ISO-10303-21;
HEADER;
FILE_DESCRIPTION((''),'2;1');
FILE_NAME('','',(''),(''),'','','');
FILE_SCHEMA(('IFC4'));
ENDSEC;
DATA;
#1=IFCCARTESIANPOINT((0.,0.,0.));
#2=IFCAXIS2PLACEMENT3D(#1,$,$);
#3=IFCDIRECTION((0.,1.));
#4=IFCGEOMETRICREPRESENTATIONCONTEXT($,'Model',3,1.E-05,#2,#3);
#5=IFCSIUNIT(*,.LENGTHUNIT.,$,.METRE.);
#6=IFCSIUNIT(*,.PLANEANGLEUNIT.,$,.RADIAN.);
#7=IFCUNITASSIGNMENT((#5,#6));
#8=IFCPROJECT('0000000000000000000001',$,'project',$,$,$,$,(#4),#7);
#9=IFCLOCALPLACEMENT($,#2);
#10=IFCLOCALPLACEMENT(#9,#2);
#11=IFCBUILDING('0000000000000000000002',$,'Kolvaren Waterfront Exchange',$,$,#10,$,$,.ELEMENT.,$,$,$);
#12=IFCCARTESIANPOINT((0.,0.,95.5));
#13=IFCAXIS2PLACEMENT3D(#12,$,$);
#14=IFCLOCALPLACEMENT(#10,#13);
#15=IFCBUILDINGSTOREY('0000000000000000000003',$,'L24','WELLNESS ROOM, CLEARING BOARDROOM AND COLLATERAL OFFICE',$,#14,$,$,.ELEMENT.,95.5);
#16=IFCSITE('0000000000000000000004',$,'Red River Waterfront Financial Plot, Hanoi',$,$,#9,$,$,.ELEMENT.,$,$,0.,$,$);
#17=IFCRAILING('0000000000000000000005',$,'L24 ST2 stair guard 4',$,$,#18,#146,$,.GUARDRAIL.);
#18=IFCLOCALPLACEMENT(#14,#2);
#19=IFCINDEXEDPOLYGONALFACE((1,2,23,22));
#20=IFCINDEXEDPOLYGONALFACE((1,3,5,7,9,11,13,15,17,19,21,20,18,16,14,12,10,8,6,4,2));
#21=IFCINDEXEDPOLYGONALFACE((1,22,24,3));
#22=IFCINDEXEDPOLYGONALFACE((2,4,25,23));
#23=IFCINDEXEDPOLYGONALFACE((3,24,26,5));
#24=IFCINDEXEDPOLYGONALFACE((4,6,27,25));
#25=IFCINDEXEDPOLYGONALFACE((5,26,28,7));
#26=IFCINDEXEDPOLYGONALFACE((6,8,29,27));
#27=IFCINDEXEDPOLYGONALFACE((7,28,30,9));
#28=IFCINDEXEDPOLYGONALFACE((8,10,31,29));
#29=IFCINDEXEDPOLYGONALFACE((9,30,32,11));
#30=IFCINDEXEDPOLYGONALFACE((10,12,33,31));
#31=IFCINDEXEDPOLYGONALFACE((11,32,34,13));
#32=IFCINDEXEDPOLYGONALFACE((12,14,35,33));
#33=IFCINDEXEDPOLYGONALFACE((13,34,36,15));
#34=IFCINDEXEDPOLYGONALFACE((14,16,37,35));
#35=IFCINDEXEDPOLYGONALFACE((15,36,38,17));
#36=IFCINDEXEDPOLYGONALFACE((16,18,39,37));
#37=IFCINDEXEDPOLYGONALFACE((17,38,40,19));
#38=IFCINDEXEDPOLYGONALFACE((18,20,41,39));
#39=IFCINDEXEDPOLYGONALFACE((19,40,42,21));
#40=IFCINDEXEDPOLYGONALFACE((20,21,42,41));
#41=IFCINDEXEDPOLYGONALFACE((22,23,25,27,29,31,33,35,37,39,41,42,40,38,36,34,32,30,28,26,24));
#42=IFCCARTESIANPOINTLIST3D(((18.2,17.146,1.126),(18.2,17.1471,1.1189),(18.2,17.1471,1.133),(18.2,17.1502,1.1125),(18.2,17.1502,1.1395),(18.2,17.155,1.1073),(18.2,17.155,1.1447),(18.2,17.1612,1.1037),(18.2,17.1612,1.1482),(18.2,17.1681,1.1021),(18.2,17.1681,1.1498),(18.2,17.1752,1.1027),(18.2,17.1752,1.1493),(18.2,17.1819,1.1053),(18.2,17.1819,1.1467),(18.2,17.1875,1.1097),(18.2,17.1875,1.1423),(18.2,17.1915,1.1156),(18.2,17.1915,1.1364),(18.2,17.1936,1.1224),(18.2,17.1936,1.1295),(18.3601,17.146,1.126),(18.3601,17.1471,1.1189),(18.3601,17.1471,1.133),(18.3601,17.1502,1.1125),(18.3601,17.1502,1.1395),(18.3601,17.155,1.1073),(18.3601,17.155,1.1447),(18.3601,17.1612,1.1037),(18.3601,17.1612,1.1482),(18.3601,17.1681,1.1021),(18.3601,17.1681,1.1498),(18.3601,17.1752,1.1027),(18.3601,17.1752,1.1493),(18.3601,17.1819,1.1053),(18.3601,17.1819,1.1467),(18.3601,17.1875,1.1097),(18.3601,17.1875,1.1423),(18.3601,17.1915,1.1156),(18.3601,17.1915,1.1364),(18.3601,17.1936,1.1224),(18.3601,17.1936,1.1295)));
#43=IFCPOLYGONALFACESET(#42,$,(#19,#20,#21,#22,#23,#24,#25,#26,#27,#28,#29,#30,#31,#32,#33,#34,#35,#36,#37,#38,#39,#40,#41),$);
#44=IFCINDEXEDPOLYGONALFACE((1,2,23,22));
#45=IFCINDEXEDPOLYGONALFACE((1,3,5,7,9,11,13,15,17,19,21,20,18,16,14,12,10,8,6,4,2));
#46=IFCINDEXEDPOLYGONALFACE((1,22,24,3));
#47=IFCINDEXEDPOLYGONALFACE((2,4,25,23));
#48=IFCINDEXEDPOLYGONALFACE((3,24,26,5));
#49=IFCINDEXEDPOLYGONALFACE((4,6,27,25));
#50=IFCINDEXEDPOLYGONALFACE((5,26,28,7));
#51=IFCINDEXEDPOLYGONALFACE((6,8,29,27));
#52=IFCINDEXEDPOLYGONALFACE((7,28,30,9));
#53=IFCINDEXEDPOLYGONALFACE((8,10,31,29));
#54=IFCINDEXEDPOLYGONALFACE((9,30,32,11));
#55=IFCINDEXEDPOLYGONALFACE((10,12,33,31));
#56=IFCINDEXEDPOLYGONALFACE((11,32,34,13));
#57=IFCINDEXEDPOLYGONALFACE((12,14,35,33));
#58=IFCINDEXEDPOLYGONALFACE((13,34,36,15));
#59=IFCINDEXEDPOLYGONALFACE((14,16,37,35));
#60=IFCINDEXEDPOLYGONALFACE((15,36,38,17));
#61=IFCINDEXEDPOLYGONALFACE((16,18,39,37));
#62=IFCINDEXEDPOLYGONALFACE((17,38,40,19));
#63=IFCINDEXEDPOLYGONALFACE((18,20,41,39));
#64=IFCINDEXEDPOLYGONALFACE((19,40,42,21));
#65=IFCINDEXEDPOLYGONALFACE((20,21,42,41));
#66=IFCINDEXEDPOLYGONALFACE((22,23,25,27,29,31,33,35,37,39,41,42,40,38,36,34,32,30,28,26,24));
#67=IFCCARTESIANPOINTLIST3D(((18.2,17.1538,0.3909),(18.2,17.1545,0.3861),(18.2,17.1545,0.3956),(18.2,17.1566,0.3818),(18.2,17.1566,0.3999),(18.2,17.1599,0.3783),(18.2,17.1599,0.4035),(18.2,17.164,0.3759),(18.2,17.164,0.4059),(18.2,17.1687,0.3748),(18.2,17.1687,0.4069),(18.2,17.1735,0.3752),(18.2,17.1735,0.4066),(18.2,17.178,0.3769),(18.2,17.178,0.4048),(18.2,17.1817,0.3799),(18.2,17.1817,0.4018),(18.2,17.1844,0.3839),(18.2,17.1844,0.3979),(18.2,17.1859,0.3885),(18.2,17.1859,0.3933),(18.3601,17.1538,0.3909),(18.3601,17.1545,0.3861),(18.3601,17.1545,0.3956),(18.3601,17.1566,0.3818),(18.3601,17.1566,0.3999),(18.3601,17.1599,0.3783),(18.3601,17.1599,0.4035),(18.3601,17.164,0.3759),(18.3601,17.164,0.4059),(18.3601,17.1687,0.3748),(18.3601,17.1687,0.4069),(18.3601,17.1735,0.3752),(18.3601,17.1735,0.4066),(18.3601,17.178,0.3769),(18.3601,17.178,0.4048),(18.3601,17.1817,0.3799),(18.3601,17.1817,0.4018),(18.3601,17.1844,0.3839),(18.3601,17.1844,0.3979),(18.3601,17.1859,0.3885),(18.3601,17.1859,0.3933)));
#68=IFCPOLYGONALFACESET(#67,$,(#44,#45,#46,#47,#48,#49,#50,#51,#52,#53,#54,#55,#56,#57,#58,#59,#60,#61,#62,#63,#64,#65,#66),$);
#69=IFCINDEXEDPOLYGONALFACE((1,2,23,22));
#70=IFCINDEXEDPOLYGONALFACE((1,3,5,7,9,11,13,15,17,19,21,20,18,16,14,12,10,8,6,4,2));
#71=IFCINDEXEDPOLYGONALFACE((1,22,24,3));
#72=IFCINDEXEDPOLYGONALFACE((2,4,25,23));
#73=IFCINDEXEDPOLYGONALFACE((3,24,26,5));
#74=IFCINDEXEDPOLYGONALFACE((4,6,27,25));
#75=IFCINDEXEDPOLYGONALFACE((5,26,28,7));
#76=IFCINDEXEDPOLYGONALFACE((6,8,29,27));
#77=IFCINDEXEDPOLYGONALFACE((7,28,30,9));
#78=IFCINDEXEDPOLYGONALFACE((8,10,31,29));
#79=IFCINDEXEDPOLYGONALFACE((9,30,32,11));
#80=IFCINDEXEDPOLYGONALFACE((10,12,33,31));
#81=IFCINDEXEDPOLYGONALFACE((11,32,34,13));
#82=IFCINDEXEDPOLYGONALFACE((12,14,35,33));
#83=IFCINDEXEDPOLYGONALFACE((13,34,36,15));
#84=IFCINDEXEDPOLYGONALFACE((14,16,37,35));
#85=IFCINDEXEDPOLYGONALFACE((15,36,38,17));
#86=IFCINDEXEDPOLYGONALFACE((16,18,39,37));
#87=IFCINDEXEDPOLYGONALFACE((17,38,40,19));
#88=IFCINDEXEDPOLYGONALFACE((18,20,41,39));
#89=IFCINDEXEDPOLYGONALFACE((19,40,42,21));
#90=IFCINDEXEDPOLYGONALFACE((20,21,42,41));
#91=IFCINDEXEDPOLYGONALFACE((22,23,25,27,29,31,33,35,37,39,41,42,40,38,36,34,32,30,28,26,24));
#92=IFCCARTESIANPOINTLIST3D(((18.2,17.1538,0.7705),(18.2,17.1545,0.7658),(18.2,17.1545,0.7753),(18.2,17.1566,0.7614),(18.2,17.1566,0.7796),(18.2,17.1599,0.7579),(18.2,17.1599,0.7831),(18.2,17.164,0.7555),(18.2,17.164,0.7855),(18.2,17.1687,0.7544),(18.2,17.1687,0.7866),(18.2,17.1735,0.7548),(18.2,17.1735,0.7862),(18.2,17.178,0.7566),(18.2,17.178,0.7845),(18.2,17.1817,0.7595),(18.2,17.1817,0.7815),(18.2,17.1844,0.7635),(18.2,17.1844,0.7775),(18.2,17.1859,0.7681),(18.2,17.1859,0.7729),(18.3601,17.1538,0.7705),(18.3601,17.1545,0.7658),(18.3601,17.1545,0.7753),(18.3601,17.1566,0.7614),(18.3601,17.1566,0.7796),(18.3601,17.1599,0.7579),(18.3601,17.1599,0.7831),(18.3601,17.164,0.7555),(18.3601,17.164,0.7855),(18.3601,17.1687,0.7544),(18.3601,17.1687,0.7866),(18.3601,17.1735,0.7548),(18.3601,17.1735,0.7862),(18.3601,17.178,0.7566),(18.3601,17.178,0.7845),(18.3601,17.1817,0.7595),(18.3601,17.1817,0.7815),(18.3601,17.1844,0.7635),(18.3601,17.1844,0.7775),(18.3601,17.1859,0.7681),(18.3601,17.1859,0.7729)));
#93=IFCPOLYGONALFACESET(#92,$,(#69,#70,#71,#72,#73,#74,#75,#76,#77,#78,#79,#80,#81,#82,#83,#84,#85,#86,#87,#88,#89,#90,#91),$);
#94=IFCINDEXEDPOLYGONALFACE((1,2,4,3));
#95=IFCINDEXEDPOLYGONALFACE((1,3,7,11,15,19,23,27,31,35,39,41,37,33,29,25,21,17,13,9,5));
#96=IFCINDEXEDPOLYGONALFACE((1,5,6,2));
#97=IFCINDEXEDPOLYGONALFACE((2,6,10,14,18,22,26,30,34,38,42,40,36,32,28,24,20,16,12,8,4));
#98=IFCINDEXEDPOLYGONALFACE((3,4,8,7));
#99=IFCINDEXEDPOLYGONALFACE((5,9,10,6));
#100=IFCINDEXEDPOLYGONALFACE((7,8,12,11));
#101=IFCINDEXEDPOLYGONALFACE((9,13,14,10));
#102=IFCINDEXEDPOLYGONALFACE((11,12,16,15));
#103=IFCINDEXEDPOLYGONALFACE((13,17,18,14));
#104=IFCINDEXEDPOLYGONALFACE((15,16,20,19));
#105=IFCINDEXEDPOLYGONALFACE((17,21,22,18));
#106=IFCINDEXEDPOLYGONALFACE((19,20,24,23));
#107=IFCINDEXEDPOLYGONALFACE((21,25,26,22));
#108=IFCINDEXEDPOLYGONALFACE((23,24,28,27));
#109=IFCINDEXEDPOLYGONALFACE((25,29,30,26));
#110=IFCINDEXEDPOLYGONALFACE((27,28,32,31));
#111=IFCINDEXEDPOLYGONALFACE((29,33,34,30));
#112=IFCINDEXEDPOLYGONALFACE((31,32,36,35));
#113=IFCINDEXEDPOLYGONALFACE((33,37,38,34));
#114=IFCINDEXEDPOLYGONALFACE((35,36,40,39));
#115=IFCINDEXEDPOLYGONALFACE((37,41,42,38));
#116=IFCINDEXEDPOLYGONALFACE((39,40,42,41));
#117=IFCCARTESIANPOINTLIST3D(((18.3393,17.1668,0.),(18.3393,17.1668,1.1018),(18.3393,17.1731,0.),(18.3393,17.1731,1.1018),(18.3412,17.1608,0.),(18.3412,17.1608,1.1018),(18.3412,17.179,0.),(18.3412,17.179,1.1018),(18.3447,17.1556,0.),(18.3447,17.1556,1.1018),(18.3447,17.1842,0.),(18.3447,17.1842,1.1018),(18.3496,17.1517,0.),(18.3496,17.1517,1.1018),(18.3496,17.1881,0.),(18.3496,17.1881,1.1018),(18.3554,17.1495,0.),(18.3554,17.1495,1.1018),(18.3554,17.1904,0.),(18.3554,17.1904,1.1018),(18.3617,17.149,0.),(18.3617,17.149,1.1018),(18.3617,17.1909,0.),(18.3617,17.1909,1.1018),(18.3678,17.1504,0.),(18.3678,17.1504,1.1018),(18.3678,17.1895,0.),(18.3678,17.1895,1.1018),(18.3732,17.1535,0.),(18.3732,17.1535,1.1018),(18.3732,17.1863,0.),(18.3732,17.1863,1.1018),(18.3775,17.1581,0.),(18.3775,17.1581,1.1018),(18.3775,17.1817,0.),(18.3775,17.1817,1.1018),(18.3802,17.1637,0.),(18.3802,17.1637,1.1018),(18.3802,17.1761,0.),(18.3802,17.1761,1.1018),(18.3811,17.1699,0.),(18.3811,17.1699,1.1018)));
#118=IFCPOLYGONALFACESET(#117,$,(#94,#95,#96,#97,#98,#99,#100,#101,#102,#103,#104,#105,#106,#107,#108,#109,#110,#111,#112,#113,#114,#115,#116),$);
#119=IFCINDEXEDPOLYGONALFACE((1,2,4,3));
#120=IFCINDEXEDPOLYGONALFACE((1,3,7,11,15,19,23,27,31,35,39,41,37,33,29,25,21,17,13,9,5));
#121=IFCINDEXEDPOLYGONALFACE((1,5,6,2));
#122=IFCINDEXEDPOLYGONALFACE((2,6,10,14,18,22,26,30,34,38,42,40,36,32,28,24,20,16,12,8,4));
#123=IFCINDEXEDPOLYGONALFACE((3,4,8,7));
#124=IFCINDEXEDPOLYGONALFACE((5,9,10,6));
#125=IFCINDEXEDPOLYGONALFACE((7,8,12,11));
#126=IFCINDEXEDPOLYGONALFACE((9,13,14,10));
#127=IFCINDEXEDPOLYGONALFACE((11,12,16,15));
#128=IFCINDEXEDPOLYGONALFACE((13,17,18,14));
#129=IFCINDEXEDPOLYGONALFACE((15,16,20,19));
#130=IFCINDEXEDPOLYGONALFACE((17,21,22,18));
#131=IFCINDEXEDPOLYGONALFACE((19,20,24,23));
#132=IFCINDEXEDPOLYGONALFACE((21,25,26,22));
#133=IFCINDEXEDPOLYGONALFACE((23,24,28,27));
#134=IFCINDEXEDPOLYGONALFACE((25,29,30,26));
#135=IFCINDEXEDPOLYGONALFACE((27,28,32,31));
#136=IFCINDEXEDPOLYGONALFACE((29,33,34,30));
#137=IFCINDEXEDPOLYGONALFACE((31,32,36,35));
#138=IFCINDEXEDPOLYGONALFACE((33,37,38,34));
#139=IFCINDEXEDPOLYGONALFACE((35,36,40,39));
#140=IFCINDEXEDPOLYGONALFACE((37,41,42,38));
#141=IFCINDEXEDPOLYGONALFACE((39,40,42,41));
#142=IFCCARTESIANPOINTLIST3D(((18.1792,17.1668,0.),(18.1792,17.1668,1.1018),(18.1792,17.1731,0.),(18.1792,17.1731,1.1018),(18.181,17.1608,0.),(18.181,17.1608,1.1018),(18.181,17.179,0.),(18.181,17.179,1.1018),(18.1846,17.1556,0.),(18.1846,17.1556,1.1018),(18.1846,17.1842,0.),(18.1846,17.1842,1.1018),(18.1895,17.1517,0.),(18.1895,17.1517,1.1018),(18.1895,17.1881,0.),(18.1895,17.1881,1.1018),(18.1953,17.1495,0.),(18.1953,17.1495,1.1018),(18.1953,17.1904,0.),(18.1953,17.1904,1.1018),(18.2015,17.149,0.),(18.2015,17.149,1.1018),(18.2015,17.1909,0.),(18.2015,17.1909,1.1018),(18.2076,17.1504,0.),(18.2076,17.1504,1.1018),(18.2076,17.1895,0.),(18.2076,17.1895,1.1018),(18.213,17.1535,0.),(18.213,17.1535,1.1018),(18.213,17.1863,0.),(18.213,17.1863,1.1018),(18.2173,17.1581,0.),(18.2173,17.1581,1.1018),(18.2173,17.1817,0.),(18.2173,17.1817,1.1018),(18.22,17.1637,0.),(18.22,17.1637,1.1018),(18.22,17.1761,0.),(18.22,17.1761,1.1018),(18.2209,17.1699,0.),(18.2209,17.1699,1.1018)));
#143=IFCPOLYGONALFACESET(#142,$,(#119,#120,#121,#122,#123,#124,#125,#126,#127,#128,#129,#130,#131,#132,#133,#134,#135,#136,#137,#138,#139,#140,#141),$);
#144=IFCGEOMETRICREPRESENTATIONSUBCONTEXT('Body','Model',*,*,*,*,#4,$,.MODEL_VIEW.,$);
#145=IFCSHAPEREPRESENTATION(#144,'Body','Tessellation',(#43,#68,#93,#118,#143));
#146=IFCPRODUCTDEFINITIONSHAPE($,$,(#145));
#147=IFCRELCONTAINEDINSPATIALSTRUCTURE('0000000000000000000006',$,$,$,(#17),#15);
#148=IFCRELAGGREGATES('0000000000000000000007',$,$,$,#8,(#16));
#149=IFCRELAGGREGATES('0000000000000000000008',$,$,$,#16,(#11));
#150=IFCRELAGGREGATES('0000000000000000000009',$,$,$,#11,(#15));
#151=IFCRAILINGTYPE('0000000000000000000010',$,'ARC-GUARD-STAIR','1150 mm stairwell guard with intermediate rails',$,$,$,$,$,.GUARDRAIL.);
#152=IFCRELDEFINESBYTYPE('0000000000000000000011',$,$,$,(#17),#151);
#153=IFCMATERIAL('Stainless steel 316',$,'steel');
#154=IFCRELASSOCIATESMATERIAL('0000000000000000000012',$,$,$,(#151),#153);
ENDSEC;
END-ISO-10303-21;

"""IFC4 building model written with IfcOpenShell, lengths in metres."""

from ifc_helpers import new_model, si_unit, direction, frame, origin, origin_2d, place, context, subcontext, project, spatial, circle, extrude, material, type_object, element, save


model = new_model("IFC4")

# Units and contexts
model_context = context("Model", 3, precision=1e-05, world=origin(), true_north=direction((0.0, 1.0)))
body_context = subcontext(model_context, "Body", "Model", "MODEL_VIEW")
ifc_project = project(units=[si_unit("LENGTHUNIT", "METRE"), si_unit("PLANEANGLEUNIT", "RADIAN")], contexts=[model_context])

# Site, building, storey
site_placement = place(None, origin())
site = spatial("IfcSite", under=ifc_project, at=site_placement, Name="Red River Waterfront Financial Plot, Hanoi", CompositionType="ELEMENT", RefElevation=0.0)
building_placement = place(site_placement, origin())
building = spatial("IfcBuilding", under=site, at=building_placement, Name="Kolvaren Waterfront Exchange", CompositionType="ELEMENT")
storey_placement = place(building_placement, frame((0.0, 0.0, 95.5)))
storey = spatial("IfcBuildingStorey", under=building, at=storey_placement, Name="L24", Description="WELLNESS ROOM, CLEARING BOARDROOM AND COLLATERAL OFFICE", CompositionType="ELEMENT", Elevation=95.5)

# Railing
ifc_material_1 = material(Name="Stainless steel 316", Category="steel")
railing_type_1 = type_object("IfcRailingType", Name="ARC-GUARD-STAIR", Description="1150 mm stairwell guard with intermediate rails", PredefinedType="GUARDRAIL", material=ifc_material_1)
railing_1_placement = place(storey_placement, frame((18.3601, 17.1699, 0.0)))
element("IfcRailing", 1, at=railing_1_placement, inside=storey, type_object=railing_type_1, Name="L24 ST2 stair guard 4", PredefinedType="GUARDRAIL", context=body_context, shape_type="SweptSolid", body=[
    extrude(circle(Radius=0.0239, at=origin_2d()), frame((0.0, 0.0, 1.126), z_axis=(-1.0, 0.0, 0.0), x_axis=(0.0, -1.0, 0.0)), (0.0, 0.0, 1.0), 0.1602),
    extrude(circle(Radius=0.0161, at=origin_2d()), frame((0.0, 0.0, 0.3909), z_axis=(-1.0, 0.0, 0.0), x_axis=(0.0, -1.0, 0.0)), (0.0, 0.0, 1.0), 0.1602),
    extrude(circle(Radius=0.0161, at=origin_2d()), frame((0.0, 0.0, 0.7705), z_axis=(-1.0, 0.0, 0.0), x_axis=(0.0, -1.0, 0.0)), (0.0, 0.0, 1.0), 0.1602),
    extrude(circle(Radius=0.021, at=origin_2d()), origin(), (0.0, 0.0, 1.0), 1.1018),
    extrude(circle(Radius=0.021, at=origin_2d()), frame((-0.1602, 0.0, 0.0)), (0.0, 0.0, 1.0), 1.1018),
])

save(model, "model.ifc")
